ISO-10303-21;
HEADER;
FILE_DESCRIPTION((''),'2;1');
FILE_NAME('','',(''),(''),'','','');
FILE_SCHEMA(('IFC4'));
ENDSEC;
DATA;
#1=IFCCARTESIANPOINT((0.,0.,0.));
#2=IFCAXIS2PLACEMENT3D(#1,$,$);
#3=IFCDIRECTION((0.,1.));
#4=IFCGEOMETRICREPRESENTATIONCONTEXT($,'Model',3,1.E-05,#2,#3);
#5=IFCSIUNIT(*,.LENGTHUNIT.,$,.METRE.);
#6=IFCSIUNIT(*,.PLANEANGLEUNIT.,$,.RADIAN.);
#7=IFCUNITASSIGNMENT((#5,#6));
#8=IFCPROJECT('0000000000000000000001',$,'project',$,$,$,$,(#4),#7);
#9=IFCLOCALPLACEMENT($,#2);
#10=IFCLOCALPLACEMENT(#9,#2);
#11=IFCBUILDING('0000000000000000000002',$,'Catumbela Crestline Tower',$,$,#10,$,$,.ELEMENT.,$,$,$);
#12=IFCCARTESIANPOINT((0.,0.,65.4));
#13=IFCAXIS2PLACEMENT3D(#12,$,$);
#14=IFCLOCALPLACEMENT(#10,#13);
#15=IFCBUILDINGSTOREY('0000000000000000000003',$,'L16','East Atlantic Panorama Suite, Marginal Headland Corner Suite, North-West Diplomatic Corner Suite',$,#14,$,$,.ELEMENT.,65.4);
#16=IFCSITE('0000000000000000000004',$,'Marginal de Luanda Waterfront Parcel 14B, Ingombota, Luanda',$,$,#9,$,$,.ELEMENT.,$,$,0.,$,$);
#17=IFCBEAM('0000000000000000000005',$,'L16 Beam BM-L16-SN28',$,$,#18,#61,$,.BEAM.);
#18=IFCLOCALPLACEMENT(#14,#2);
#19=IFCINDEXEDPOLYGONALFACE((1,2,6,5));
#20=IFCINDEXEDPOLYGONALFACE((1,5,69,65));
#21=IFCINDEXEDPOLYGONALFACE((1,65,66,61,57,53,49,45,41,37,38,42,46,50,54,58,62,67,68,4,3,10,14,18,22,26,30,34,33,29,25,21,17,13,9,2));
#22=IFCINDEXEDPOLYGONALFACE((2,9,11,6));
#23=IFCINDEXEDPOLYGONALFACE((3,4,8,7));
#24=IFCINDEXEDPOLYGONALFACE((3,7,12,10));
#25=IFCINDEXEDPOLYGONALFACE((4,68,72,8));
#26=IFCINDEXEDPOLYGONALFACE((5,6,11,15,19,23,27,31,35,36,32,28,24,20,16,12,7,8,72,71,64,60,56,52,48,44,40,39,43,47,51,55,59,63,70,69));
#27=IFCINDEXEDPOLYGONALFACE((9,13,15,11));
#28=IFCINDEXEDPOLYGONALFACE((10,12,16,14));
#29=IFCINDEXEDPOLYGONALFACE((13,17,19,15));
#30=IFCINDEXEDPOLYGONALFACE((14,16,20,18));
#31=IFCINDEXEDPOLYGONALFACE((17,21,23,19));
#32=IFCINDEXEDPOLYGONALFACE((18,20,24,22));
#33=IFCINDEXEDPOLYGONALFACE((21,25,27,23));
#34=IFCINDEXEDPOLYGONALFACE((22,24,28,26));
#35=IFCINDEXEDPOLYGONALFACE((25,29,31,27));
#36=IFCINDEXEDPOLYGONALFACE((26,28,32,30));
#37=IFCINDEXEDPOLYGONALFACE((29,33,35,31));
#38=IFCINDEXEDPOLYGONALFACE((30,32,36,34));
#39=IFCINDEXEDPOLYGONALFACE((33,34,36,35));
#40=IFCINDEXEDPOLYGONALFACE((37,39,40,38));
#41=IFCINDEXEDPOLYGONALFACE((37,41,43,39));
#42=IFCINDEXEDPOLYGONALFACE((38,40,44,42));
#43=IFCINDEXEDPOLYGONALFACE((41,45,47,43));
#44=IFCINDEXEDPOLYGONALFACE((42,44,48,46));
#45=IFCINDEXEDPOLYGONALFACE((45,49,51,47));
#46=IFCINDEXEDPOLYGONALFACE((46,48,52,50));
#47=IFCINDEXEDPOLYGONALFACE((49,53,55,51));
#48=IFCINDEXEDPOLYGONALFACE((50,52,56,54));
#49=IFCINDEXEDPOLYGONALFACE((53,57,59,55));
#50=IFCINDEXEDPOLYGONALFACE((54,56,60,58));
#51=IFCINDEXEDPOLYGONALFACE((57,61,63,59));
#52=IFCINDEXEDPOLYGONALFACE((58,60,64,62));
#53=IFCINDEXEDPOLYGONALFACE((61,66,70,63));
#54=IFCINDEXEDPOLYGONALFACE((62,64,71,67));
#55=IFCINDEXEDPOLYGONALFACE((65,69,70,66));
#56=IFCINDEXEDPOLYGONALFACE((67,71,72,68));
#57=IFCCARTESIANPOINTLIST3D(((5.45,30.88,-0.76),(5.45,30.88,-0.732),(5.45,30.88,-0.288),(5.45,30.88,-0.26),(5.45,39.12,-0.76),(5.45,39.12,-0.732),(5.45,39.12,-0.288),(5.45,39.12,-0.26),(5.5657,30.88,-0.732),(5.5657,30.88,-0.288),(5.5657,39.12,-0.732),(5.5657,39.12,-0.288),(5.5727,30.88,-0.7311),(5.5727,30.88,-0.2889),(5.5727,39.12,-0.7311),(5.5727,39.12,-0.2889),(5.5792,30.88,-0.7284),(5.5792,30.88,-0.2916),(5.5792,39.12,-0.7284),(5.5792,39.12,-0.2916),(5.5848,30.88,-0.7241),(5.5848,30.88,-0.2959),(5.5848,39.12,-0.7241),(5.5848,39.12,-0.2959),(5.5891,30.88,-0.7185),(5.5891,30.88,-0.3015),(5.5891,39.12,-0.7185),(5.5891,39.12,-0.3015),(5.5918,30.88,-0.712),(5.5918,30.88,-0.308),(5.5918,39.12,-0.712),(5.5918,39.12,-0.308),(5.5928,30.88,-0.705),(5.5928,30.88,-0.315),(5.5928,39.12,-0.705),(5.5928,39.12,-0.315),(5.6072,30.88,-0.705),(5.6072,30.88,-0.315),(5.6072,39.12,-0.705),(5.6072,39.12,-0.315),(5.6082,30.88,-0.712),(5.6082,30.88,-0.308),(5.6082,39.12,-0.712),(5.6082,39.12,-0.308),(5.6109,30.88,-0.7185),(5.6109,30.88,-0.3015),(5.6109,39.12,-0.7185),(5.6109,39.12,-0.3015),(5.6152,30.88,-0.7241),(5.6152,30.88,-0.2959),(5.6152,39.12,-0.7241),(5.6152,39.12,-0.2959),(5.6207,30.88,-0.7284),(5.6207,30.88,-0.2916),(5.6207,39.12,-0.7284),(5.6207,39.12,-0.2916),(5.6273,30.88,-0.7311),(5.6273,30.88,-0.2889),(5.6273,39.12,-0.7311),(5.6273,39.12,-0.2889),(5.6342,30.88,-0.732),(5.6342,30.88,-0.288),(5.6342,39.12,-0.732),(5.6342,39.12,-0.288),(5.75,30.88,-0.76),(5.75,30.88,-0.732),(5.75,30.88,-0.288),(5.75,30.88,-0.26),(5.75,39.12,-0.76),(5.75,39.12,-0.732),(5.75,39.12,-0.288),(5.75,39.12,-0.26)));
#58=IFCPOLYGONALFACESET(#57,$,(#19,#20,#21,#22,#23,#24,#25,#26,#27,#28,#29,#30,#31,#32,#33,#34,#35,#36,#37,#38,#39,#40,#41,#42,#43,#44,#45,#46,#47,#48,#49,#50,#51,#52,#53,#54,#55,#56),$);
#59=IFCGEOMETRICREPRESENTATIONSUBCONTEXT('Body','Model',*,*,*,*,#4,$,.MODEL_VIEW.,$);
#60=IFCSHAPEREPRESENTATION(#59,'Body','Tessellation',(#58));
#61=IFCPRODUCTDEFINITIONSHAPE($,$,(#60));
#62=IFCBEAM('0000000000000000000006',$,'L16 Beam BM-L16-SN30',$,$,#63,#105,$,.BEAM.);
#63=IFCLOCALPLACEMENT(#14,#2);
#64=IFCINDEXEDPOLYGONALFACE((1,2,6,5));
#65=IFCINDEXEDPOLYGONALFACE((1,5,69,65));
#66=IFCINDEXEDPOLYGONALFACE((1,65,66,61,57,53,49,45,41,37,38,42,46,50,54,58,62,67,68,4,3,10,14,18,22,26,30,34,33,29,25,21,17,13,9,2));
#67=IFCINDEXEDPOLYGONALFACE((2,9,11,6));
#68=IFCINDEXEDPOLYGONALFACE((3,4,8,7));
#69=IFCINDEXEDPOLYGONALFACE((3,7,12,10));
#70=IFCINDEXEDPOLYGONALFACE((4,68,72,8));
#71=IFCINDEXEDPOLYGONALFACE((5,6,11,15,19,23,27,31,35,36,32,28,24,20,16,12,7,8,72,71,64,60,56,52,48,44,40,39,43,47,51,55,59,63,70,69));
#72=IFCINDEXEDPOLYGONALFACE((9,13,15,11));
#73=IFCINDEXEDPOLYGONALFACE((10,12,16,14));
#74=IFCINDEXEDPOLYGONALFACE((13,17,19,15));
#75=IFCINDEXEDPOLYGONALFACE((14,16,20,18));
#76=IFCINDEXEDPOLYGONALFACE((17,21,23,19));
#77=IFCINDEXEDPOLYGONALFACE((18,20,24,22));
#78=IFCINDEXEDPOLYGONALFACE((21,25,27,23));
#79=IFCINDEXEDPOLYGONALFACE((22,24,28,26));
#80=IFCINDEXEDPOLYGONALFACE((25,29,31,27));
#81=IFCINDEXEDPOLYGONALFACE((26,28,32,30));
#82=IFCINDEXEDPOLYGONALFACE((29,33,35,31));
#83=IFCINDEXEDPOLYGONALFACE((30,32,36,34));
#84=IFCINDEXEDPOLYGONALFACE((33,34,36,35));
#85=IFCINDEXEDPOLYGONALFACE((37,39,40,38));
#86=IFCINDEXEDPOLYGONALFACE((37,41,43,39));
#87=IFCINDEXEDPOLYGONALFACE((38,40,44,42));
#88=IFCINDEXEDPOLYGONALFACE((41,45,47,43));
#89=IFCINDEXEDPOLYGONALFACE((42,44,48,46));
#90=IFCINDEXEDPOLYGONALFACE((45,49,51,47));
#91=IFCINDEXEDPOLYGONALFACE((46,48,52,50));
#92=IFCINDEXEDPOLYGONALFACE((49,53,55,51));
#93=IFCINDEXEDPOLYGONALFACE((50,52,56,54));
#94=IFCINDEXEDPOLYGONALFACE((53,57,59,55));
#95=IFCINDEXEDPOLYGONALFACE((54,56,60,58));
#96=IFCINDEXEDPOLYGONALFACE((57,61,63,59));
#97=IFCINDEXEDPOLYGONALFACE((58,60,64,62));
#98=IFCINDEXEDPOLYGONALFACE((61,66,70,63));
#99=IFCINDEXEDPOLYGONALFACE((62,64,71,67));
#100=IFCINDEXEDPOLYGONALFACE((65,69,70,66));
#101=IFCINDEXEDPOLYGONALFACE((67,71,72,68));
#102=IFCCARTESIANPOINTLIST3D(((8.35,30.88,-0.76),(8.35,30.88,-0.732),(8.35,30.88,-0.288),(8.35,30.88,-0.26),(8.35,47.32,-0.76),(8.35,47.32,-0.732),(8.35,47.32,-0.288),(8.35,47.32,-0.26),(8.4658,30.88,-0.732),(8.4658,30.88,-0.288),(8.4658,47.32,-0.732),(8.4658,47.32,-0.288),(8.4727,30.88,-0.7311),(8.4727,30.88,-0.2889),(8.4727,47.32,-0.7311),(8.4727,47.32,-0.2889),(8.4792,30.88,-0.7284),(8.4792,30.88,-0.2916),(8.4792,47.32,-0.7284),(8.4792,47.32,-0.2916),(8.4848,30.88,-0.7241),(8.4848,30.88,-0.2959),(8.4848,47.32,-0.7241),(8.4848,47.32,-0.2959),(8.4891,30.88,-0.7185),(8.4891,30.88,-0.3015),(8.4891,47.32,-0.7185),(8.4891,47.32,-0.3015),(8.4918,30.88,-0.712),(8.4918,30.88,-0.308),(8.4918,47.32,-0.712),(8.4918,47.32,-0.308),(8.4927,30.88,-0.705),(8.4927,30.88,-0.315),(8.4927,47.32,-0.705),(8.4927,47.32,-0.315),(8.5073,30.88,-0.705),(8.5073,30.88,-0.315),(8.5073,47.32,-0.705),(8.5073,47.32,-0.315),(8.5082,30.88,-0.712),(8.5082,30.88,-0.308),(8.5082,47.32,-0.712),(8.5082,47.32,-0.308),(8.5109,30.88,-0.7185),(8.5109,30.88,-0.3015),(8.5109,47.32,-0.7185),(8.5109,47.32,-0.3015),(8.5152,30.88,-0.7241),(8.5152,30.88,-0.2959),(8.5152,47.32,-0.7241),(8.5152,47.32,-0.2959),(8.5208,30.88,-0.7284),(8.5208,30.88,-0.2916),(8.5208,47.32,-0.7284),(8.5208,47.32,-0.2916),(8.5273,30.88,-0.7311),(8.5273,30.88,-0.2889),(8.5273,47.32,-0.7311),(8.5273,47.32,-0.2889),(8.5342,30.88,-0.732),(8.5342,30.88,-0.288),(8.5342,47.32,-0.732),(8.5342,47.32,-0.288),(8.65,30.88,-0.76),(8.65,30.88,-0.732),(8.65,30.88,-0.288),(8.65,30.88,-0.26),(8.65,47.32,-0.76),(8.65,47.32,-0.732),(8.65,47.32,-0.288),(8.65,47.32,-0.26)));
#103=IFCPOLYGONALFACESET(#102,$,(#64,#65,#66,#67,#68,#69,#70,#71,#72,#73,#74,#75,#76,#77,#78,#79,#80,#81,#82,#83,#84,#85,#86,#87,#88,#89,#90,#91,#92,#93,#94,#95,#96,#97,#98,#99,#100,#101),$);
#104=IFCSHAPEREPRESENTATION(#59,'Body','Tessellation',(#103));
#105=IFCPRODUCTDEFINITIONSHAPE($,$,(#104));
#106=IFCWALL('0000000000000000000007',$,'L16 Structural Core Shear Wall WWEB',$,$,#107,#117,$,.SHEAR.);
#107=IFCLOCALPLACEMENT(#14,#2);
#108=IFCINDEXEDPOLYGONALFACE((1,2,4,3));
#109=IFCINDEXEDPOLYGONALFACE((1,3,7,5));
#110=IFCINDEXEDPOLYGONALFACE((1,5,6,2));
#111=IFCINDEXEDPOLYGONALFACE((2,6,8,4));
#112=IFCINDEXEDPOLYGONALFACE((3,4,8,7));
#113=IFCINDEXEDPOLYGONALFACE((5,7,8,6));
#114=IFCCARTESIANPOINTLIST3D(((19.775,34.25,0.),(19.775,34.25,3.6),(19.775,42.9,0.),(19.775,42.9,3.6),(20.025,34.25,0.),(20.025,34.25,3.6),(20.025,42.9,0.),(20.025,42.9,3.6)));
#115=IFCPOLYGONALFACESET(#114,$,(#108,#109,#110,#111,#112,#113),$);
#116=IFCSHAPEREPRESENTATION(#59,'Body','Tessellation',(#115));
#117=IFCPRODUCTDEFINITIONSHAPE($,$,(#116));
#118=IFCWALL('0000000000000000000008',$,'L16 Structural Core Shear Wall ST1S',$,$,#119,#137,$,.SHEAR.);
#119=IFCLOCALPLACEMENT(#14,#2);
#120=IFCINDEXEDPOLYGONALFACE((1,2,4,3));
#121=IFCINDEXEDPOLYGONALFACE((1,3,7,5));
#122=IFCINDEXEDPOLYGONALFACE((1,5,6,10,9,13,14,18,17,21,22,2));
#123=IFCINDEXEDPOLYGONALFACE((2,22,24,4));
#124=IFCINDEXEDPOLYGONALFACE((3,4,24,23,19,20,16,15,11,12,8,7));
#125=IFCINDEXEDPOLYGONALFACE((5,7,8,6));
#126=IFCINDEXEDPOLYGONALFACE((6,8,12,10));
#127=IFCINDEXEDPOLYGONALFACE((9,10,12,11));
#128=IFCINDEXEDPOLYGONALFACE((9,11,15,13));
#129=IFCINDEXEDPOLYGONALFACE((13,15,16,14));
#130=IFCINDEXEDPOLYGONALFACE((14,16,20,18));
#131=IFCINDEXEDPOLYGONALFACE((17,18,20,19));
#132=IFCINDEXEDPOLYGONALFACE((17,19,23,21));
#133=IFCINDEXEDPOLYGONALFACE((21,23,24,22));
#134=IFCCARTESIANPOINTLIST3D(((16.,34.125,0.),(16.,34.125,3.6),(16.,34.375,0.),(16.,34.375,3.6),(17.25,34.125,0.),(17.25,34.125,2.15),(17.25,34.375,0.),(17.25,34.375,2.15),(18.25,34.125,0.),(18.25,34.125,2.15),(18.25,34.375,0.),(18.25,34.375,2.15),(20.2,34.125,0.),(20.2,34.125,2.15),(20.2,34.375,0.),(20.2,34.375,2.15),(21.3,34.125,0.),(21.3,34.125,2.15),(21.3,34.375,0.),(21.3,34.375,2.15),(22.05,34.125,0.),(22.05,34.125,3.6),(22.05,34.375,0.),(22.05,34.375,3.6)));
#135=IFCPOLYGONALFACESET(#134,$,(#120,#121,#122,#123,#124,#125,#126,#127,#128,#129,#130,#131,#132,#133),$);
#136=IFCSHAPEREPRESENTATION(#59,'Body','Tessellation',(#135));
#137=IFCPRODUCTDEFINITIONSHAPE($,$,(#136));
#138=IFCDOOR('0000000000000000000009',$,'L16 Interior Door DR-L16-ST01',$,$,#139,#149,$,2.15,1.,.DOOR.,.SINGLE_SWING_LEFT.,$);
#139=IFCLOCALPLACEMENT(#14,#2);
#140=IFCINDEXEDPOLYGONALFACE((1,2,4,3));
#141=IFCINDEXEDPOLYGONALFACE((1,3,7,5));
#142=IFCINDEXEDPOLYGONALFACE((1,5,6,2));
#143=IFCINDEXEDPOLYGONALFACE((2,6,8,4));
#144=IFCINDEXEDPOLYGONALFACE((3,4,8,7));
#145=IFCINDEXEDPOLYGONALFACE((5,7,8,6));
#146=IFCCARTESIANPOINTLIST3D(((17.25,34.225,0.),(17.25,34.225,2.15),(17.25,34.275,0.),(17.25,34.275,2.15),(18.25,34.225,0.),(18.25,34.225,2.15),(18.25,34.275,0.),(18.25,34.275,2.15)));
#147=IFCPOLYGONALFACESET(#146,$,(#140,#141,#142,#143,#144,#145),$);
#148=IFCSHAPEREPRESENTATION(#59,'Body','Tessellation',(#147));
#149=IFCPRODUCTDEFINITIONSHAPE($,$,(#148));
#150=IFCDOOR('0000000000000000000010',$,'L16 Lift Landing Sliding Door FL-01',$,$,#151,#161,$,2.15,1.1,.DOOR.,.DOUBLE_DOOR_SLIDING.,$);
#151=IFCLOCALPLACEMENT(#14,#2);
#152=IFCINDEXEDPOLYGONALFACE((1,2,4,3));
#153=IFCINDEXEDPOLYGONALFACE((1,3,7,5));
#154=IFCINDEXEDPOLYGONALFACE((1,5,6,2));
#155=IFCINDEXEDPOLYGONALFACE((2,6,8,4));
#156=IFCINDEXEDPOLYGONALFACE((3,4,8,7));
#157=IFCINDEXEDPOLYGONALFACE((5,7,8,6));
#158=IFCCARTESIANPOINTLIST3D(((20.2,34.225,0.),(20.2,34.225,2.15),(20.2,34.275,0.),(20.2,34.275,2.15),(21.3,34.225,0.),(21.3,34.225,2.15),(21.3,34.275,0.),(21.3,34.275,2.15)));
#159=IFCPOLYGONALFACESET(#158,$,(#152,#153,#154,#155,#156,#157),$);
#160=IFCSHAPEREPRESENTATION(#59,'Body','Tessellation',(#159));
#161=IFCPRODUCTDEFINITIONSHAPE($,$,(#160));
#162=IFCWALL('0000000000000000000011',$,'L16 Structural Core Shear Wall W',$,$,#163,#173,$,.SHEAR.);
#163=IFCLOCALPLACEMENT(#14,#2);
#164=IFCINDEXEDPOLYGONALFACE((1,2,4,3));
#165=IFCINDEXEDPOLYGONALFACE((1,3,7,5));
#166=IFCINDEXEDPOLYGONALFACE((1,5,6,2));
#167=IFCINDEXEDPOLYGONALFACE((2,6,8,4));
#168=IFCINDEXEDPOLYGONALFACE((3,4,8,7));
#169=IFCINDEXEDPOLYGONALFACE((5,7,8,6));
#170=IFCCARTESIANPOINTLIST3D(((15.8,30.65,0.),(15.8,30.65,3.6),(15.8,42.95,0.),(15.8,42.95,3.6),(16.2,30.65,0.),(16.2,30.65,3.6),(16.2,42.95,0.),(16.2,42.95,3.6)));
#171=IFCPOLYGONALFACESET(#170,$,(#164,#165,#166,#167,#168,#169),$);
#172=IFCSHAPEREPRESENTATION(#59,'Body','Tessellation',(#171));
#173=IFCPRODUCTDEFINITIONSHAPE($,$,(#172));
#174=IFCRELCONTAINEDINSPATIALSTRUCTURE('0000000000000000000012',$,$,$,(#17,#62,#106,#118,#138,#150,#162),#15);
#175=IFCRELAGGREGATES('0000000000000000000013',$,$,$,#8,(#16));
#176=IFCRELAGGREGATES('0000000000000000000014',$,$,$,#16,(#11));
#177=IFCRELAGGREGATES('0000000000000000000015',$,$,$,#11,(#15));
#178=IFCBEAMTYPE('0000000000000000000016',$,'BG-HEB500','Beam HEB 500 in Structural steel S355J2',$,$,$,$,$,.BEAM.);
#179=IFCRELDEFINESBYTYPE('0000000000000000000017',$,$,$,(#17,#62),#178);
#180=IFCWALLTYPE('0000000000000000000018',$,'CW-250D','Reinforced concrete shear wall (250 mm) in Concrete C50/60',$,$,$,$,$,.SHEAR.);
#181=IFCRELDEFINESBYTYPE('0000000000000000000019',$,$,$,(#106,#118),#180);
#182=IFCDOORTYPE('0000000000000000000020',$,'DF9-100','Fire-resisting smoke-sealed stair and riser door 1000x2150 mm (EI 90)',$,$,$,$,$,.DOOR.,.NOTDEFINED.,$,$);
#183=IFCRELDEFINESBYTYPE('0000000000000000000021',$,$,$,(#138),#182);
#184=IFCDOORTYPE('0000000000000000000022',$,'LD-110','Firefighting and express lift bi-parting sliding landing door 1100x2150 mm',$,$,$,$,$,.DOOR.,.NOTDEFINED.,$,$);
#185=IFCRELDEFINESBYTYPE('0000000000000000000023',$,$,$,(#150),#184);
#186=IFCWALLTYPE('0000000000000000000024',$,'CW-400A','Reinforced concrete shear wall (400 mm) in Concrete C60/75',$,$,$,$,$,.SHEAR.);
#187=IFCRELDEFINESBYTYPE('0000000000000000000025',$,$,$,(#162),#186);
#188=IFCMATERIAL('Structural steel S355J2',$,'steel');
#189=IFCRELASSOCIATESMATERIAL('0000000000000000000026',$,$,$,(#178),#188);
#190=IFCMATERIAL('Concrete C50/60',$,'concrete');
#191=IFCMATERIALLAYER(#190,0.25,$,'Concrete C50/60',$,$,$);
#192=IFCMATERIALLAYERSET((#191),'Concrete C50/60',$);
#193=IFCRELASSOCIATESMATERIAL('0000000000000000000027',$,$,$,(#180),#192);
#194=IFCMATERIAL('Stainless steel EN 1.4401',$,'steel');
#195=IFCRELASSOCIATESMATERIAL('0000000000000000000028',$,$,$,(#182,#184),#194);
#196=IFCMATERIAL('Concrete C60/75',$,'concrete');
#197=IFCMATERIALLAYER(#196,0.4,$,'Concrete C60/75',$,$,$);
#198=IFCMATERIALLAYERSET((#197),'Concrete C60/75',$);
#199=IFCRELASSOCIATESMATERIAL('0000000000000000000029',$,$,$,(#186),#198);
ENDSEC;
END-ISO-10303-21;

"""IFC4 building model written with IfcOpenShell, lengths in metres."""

from ifc_helpers import new_model, si_unit, direction, frame, frame_2d, origin, origin_2d, place, context, subcontext, project, spatial, rectangle, i_section, extrude, material, layer, layer_set, material_profile, profile_set, type_object, element, fill, save


model = new_model("IFC4")

# Units and contexts
model_context = context("Model", 3, precision=1e-05, world=origin(), true_north=direction((0.0, 1.0)))
body_context = subcontext(model_context, "Body", "Model", "MODEL_VIEW")
ifc_project = project(units=[si_unit("LENGTHUNIT", "METRE"), si_unit("PLANEANGLEUNIT", "RADIAN")], contexts=[model_context])

# Site, building, storey
site_placement = place(None, origin())
site = spatial("IfcSite", under=ifc_project, at=site_placement, Name="Marginal de Luanda Waterfront Parcel 14B, Ingombota, Luanda", CompositionType="ELEMENT", RefElevation=0.0)
building_placement = place(site_placement, origin())
building = spatial("IfcBuilding", under=site, at=building_placement, Name="Catumbela Crestline Tower", CompositionType="ELEMENT")
storey_placement = place(building_placement, frame((0.0, 0.0, 65.4)))
storey = spatial("IfcBuildingStorey", under=building, at=storey_placement, Name="L16", Description="East Atlantic Panorama Suite, Marginal Headland Corner Suite, North-West Diplomatic Corner Suite", CompositionType="ELEMENT", Elevation=65.4)

# Beams
ifc_material_1 = material(Name="Structural steel S355J2", Category="steel")
ifc_material_profile_1 = material_profile(ifc_material_1, i_section(OverallWidth=0.3, OverallDepth=0.5, WebThickness=0.0145, FlangeThickness=0.028, FilletRadius=0.027, at=origin_2d()), Name="HEB 500")
ifc_profile_set_1 = profile_set([ifc_material_profile_1], Name="Structural steel S355J2")
beam_type = type_object("IfcBeamType", Name="BG-HEB500", Description="Beam HEB 500 in Structural steel S355J2", PredefinedType="BEAM", material=ifc_profile_set_1)
beam_1_placement = place(storey_placement, frame((5.6, 30.88, -0.51), z_axis=(0.0, 1.0, 0.0), x_axis=(-1.0, 0.0, 0.0)))
element("IfcBeam", 1, at=beam_1_placement, inside=storey, type_object=beam_type, Name="L16 Beam BM-L16-SN28", PredefinedType="BEAM", context=body_context, shape_type="SweptSolid", body=[
    extrude(i_section(OverallWidth=0.3, OverallDepth=0.5, WebThickness=0.0145, FlangeThickness=0.028, FilletRadius=0.027, at=origin_2d()), origin(), (0.0, 0.0, 1.0), 8.24),
])
beam_2_placement = place(storey_placement, frame((8.5, 30.88, -0.51), z_axis=(0.0, 1.0, 0.0), x_axis=(-1.0, 0.0, 0.0)))
element("IfcBeam", 2, at=beam_2_placement, inside=storey, type_object=beam_type, Name="L16 Beam BM-L16-SN30", PredefinedType="BEAM", context=body_context, shape_type="SweptSolid", body=[
    extrude(i_section(OverallWidth=0.3, OverallDepth=0.5, WebThickness=0.0145, FlangeThickness=0.028, FilletRadius=0.027, at=origin_2d()), origin(), (0.0, 0.0, 1.0), 16.44),
])

# Wall
ifc_material_2 = material(Name="Concrete C50/60", Category="concrete")
ifc_layer_1 = layer(ifc_material_2, 0.25, Name="Concrete C50/60")
ifc_layer_set_1 = layer_set([ifc_layer_1], Name="Concrete C50/60")
wall_type_1 = type_object("IfcWallType", Name="CW-250D", Description="Reinforced concrete shear wall (250 mm) in Concrete C50/60", PredefinedType="SHEAR", material=ifc_layer_set_1)
wall_1_placement = place(storey_placement, frame((19.9, 34.25, 0.0), z_axis=(0.0, 0.0, 1.0), x_axis=(0.0, 1.0, 0.0)))
element("IfcWall", 3, at=wall_1_placement, inside=storey, type_object=wall_type_1, Name="L16 Structural Core Shear Wall WWEB", PredefinedType="SHEAR", context=body_context, shape_type="SweptSolid", body=[
    extrude(rectangle(XDim=8.65, YDim=0.25, at=frame_2d((4.325, 0.0))), origin(), (0.0, 0.0, 1.0), 3.6),
])

# Wall, openings, doors
wall_2_placement = place(storey_placement, frame((16.0, 34.25, 0.0), z_axis=(0.0, 0.0, 1.0), x_axis=(1.0, 0.0, 0.0)))
wall_2 = element("IfcWall", 4, at=wall_2_placement, inside=storey, type_object=wall_type_1, Name="L16 Structural Core Shear Wall ST1S", PredefinedType="SHEAR", context=body_context, shape_type="SweptSolid", body=[
    extrude(rectangle(XDim=6.05, YDim=0.25, at=frame_2d((3.025, 0.0))), origin(), (0.0, 0.0, 1.0), 3.6),
])
opening_1_placement = place(wall_2_placement, frame((1.25, 0.0, 0.0)))
opening_1 = element("IfcOpeningElement", 5, at=opening_1_placement, cuts=wall_2, PredefinedType="OPENING", context=body_context, shape_type="SweptSolid", body=[
    extrude(rectangle(XDim=1.0, YDim=2.15, at=frame_2d((0.5, 1.075))), frame((0.0, 0.135, 0.0), z_axis=(0.0, -1.0, 0.0), x_axis=(1.0, 0.0, 0.0)), (0.0, 0.0, 1.0), 0.27),
])
opening_2_placement = place(wall_2_placement, frame((4.2, 0.0, 0.0)))
opening_2 = element("IfcOpeningElement", 6, at=opening_2_placement, cuts=wall_2, PredefinedType="OPENING", context=body_context, shape_type="SweptSolid", body=[
    extrude(rectangle(XDim=1.1, YDim=2.15, at=frame_2d((0.55, 1.075))), frame((0.0, 0.135, 0.0), z_axis=(0.0, -1.0, 0.0), x_axis=(1.0, 0.0, 0.0)), (0.0, 0.0, 1.0), 0.27),
])
ifc_material_3 = material(Name="Stainless steel EN 1.4401", Category="steel")
door_type_1 = type_object("IfcDoorType", Name="DF9-100", Description="Fire-resisting smoke-sealed stair and riser door 1000x2150 mm (EI 90)", OperationType="NOTDEFINED", PredefinedType="DOOR", material=ifc_material_3)
door_1_placement = place(opening_1_placement, origin())
door_1 = element("IfcDoor", 7, at=door_1_placement, inside=storey, type_object=door_type_1, Name="L16 Interior Door DR-L16-ST01", OperationType="SINGLE_SWING_LEFT", OverallHeight=2.15, OverallWidth=1.0, PredefinedType="DOOR", context=body_context, shape_type="SweptSolid", body=[
    extrude(rectangle(XDim=1.0, YDim=2.15, at=frame_2d((0.5, 1.075))), frame((0.0, 0.025, 0.0), z_axis=(0.0, -1.0, 0.0), x_axis=(1.0, 0.0, 0.0)), (0.0, 0.0, 1.0), 0.05),
])
fill(opening_1, door_1)
door_type_2 = type_object("IfcDoorType", Name="LD-110", Description="Firefighting and express lift bi-parting sliding landing door 1100x2150 mm", OperationType="NOTDEFINED", PredefinedType="DOOR", material=ifc_material_3)
door_2_placement = place(opening_2_placement, origin())
door_2 = element("IfcDoor", 8, at=door_2_placement, inside=storey, type_object=door_type_2, Name="L16 Lift Landing Sliding Door FL-01", OperationType="DOUBLE_DOOR_SLIDING", OverallHeight=2.15, OverallWidth=1.1, PredefinedType="DOOR", context=body_context, shape_type="SweptSolid", body=[
    extrude(rectangle(XDim=1.1, YDim=2.15, at=frame_2d((0.55, 1.075))), frame((0.0, 0.025, 0.0), z_axis=(0.0, -1.0, 0.0), x_axis=(1.0, 0.0, 0.0)), (0.0, 0.0, 1.0), 0.05),
])
fill(opening_2, door_2)

# Wall
ifc_material_4 = material(Name="Concrete C60/75", Category="concrete")
ifc_layer_2 = layer(ifc_material_4, 0.4, Name="Concrete C60/75")
ifc_layer_set_2 = layer_set([ifc_layer_2], Name="Concrete C60/75")
wall_type_2 = type_object("IfcWallType", Name="CW-400A", Description="Reinforced concrete shear wall (400 mm) in Concrete C60/75", PredefinedType="SHEAR", material=ifc_layer_set_2)
wall_3_placement = place(storey_placement, frame((16.0, 30.65, 0.0), z_axis=(0.0, 0.0, 1.0), x_axis=(0.0, 1.0, 0.0)))
element("IfcWall", 9, at=wall_3_placement, inside=storey, type_object=wall_type_2, Name="L16 Structural Core Shear Wall W", PredefinedType="SHEAR", context=body_context, shape_type="SweptSolid", body=[
    extrude(rectangle(XDim=12.3, YDim=0.4, at=frame_2d((6.15, 0.0))), origin(), (0.0, 0.0, 1.0), 3.6),
])

save(model, "model.ifc")
